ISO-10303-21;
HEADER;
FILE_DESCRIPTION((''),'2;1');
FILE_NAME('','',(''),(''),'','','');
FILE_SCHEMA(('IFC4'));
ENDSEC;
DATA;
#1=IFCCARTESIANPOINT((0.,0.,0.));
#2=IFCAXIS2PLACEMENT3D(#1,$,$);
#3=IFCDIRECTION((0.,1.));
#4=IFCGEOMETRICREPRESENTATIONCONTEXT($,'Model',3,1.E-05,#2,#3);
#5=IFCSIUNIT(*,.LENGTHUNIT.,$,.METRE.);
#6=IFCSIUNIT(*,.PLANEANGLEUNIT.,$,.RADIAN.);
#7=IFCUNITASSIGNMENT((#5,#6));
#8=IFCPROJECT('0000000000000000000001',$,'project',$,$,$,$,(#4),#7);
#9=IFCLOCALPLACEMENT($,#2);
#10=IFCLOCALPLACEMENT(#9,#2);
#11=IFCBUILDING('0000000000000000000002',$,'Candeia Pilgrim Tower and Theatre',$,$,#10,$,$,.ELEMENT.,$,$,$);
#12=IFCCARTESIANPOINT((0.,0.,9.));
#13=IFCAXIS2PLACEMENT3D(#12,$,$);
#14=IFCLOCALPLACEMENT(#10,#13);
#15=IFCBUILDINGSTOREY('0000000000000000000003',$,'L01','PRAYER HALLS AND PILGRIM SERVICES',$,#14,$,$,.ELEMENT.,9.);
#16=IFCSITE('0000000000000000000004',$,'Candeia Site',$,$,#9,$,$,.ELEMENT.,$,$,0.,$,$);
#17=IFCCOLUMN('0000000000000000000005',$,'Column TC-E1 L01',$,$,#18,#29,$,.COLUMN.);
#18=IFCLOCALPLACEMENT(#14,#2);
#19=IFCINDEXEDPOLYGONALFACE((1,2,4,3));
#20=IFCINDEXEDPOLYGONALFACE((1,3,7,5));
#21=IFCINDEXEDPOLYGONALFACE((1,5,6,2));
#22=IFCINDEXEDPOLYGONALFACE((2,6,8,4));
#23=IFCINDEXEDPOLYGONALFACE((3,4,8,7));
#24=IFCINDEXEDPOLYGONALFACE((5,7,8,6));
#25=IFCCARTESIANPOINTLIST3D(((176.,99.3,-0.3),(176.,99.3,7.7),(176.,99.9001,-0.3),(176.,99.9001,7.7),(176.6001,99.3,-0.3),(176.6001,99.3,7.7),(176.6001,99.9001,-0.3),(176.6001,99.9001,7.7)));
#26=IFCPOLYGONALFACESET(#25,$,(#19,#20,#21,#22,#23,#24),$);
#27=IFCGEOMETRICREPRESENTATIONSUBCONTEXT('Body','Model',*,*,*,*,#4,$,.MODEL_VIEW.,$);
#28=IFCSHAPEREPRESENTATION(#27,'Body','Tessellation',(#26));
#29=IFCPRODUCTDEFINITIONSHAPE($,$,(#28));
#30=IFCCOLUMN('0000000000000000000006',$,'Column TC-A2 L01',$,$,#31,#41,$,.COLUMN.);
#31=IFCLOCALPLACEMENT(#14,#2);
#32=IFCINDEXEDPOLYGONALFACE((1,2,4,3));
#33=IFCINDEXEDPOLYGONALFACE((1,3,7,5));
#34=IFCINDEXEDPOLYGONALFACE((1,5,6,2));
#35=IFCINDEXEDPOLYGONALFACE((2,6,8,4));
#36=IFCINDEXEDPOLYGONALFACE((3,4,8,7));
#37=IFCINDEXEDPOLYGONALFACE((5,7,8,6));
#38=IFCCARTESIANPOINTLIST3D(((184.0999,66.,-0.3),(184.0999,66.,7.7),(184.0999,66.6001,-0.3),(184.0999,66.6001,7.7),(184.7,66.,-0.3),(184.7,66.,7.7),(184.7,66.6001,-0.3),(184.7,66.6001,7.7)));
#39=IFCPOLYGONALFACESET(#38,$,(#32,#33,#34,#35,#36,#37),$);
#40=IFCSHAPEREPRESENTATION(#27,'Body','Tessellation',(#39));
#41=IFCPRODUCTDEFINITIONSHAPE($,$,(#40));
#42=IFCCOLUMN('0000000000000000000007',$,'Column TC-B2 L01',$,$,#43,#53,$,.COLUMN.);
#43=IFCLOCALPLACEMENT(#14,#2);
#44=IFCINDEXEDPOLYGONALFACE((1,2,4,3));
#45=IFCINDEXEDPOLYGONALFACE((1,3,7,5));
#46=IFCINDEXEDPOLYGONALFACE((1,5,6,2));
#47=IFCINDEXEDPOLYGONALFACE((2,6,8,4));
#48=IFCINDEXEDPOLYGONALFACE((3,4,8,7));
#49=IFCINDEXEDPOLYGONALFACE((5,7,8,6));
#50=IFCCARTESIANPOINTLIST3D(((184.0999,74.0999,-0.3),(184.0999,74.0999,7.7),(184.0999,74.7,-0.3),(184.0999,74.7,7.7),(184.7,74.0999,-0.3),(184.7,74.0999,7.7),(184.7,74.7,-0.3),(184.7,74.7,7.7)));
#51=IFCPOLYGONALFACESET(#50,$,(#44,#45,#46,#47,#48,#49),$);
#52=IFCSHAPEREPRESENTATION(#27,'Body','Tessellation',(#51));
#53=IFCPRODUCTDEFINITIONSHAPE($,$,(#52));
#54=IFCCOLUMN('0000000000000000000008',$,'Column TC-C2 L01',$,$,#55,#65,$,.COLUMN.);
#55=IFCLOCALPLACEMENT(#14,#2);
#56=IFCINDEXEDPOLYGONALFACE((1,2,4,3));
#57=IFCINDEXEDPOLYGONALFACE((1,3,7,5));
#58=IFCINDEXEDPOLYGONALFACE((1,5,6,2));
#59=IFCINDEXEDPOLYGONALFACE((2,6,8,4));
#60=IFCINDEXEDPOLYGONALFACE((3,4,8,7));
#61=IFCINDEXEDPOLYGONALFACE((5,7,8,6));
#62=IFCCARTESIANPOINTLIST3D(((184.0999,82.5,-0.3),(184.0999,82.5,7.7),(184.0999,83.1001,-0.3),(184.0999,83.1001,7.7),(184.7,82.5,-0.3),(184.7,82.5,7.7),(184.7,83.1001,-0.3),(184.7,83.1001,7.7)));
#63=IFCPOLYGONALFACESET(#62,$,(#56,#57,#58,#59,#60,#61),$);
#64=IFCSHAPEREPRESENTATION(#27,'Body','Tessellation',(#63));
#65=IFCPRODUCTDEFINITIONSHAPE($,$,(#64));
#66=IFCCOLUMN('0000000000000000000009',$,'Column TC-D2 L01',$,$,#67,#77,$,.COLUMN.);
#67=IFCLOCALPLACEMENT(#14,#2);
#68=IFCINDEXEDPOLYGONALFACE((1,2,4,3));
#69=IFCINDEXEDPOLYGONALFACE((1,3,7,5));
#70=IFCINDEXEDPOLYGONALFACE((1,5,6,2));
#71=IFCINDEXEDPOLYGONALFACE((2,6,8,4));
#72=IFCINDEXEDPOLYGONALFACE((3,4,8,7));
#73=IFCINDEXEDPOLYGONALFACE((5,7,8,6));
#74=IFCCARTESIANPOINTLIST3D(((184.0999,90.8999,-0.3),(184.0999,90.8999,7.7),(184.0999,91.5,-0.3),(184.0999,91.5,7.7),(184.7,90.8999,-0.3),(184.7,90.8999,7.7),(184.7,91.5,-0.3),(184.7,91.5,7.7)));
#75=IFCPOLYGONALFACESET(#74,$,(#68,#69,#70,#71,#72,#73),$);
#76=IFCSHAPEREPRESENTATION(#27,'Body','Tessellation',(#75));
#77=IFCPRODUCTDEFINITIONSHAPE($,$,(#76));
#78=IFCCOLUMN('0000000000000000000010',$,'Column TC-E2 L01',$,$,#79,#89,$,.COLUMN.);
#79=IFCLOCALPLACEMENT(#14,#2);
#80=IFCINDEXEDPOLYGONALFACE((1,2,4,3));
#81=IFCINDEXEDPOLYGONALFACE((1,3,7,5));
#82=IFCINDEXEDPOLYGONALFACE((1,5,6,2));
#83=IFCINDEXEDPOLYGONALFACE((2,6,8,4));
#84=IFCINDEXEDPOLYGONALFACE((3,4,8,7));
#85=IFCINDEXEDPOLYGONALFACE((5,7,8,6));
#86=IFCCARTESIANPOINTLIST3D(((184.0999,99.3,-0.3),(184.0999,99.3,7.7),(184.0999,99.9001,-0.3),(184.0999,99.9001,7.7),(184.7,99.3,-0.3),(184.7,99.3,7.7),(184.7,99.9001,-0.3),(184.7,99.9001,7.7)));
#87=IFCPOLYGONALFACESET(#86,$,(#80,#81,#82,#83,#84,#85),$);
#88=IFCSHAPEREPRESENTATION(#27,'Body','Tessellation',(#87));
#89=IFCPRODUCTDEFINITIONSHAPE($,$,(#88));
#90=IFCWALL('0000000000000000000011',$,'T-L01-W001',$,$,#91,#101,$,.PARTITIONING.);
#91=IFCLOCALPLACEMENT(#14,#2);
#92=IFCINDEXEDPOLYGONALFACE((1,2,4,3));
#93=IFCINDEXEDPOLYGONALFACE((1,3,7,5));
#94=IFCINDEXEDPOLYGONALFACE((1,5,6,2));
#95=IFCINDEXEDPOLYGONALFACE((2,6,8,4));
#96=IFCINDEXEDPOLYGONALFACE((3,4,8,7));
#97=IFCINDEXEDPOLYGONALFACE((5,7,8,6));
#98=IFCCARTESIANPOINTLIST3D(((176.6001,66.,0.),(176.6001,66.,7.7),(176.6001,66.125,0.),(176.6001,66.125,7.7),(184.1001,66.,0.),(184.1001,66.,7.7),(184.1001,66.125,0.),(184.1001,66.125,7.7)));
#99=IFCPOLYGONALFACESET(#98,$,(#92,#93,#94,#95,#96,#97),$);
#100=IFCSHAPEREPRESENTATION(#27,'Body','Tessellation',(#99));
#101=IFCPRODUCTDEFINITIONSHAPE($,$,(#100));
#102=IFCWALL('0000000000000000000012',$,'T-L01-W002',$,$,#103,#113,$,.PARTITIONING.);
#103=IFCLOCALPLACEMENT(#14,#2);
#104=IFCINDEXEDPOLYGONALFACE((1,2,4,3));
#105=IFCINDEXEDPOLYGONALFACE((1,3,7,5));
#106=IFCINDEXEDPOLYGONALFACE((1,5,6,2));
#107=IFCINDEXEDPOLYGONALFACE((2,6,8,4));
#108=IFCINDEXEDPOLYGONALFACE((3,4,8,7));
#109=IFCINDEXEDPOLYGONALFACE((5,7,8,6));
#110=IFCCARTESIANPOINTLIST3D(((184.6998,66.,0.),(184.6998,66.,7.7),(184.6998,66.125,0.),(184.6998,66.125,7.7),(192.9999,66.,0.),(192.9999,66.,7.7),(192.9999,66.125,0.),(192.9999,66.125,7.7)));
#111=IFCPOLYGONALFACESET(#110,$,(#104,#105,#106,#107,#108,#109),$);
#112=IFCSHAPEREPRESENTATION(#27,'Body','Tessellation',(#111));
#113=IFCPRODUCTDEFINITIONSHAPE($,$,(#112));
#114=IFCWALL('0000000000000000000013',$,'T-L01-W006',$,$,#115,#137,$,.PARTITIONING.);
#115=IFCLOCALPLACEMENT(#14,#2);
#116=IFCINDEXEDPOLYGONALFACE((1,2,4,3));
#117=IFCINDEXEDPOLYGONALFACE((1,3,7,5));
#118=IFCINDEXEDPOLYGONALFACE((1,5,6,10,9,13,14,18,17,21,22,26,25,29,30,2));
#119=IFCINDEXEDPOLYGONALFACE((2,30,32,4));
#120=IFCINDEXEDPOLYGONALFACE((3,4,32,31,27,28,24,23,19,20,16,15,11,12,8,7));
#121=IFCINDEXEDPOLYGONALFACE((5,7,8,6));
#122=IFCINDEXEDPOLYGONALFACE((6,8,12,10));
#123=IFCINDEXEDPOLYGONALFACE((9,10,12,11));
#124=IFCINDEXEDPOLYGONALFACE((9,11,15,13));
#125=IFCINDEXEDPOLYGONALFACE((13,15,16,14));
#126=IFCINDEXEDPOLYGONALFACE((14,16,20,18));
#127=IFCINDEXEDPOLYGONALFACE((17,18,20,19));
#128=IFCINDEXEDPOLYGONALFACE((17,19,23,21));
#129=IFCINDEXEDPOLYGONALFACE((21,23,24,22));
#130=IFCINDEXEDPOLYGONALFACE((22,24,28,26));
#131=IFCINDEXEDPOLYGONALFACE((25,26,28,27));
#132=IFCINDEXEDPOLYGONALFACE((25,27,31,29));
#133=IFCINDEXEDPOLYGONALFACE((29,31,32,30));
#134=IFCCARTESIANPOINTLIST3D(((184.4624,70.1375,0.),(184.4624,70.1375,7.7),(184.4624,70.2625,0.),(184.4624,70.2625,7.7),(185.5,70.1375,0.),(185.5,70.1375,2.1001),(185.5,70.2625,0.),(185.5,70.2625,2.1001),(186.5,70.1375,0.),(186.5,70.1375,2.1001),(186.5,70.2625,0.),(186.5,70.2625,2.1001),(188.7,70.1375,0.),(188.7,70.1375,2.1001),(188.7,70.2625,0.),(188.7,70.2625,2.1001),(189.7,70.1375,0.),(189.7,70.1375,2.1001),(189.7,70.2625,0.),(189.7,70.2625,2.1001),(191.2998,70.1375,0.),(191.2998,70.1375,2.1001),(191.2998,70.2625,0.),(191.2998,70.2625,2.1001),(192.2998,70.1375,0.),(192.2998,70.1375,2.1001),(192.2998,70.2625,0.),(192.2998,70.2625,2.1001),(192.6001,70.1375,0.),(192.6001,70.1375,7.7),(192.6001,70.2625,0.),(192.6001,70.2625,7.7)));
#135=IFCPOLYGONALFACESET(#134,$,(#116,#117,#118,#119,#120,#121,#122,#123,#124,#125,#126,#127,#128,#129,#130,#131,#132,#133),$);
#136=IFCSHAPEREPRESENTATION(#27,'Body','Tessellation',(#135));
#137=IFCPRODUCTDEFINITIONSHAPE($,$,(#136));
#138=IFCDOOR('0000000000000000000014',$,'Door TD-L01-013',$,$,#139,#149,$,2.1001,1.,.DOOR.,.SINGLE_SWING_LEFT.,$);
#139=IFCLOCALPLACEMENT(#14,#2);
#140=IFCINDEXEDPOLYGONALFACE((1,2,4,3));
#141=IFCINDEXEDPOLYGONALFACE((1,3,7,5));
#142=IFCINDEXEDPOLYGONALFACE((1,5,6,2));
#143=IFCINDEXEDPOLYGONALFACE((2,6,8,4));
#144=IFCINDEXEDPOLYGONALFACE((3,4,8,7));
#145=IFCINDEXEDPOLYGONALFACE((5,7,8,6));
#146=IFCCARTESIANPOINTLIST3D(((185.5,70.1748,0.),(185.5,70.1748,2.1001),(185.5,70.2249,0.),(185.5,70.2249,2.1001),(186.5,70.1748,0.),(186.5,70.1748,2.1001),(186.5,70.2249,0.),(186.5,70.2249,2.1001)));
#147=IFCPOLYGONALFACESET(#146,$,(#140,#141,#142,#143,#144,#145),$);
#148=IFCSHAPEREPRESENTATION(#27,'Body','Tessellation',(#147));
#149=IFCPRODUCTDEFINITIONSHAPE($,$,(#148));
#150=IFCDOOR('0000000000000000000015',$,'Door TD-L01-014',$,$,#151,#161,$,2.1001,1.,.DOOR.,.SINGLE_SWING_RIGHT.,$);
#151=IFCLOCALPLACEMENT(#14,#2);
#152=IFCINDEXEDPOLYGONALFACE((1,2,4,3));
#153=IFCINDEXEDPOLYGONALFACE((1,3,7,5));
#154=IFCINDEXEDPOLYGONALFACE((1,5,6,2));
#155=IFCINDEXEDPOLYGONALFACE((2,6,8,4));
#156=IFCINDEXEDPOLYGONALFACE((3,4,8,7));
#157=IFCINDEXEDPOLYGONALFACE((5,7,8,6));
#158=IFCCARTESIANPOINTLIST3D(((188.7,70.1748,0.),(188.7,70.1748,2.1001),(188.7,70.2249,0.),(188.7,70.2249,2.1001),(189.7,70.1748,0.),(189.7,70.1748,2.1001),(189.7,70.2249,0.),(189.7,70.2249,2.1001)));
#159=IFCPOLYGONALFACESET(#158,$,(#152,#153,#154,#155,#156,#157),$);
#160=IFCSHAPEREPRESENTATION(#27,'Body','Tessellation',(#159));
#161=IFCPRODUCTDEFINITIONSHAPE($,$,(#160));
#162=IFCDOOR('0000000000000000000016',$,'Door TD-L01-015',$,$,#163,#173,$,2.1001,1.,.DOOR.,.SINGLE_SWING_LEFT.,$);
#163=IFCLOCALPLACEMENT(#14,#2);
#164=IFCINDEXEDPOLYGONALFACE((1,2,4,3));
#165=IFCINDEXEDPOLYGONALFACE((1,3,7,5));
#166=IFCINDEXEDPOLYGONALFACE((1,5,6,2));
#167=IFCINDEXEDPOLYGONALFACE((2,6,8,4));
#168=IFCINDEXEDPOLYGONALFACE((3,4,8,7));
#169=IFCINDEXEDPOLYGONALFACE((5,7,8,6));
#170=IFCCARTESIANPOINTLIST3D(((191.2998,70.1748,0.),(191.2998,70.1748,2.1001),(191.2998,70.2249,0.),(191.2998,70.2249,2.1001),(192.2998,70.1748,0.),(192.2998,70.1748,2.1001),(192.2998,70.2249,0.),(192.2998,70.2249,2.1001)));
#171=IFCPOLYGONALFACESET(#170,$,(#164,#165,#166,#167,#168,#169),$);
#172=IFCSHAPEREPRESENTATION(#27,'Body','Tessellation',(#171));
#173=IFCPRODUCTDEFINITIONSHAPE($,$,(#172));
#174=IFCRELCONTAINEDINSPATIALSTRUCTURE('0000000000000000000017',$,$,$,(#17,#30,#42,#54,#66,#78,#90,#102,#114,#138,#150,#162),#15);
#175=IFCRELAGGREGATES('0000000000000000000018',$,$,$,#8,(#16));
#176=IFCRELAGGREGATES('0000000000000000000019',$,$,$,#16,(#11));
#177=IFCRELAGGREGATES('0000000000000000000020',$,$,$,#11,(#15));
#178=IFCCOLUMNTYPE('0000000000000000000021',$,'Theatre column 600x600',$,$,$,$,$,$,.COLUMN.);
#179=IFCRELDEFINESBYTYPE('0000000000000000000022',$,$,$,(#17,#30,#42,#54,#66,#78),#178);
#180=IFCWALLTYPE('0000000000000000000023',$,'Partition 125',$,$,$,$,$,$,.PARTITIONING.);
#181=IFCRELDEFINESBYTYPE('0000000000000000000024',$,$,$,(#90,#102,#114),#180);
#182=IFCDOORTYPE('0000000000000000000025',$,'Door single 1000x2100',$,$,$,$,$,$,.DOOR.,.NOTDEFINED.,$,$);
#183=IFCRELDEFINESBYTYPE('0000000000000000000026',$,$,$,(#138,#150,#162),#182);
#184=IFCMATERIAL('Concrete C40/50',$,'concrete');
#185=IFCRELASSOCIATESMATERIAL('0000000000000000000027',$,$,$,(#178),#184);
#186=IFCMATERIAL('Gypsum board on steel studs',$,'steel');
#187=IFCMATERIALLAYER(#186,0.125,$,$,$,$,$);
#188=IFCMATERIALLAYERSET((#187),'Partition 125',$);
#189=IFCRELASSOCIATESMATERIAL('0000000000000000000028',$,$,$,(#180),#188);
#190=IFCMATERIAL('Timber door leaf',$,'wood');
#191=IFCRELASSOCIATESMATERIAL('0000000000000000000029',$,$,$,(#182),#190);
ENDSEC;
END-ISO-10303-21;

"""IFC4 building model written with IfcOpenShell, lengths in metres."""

from ifc_helpers import new_model, si_unit, direction, frame, frame_2d, origin, origin_2d, place, context, subcontext, project, spatial, rectangle, extrude, material, layer, layer_set, material_profile, profile_set, type_object, element, fill, save


model = new_model("IFC4")

# Units and contexts
model_context = context("Model", 3, precision=1e-05, world=origin(), true_north=direction((0.0, 1.0)))
body_context = subcontext(model_context, "Body", "Model", "MODEL_VIEW")
ifc_project = project(units=[si_unit("LENGTHUNIT", "METRE"), si_unit("PLANEANGLEUNIT", "RADIAN")], contexts=[model_context])

# Site, building, storey
site_placement = place(None, origin())
site = spatial("IfcSite", under=ifc_project, at=site_placement, Name="Candeia Site", CompositionType="ELEMENT", RefElevation=0.0)
building_placement = place(site_placement, origin())
building = spatial("IfcBuilding", under=site, at=building_placement, Name="Candeia Pilgrim Tower and Theatre", CompositionType="ELEMENT")
storey_placement = place(building_placement, frame((0.0, 0.0, 9.0)))
storey = spatial("IfcBuildingStorey", under=building, at=storey_placement, Name="L01", Description="PRAYER HALLS AND PILGRIM SERVICES", CompositionType="ELEMENT", Elevation=9.0)

# Columns
ifc_material_1 = material(Name="Concrete C40/50", Category="concrete")
ifc_material_profile = material_profile(ifc_material_1, rectangle(XDim=0.6001, YDim=0.6001, at=origin_2d()))
ifc_profile_set = profile_set([ifc_material_profile], Name="Concrete C40/50")
column_type = type_object("IfcColumnType", Name="Theatre column 600x600", PredefinedType="COLUMN", material=ifc_profile_set)
for number, where, z_axis, x_axis, name in (
    (1, (176.3, 99.6001, -0.3), (0.0, 0.0, 1.0), (1.0, 0.0, 0.0), "Column TC-E1 L01"),
    (2, (184.3999, 66.3, -0.3), (0.0, 0.0, 1.0), (1.0, 0.0, 0.0), "Column TC-A2 L01"),
    (3, (184.3999, 74.3999, -0.3), (0.0, 0.0, 1.0), (1.0, 0.0, 0.0), "Column TC-B2 L01"),
    (4, (184.3999, 82.8, -0.3), (0.0, 0.0, 1.0), (1.0, 0.0, 0.0), "Column TC-C2 L01"),
    (5, (184.3999, 91.2, -0.3), (0.0, 0.0, 1.0), (1.0, 0.0, 0.0), "Column TC-D2 L01"),
    (6, (184.3999, 99.6001, -0.3), (0.0, 0.0, 1.0), (1.0, 0.0, 0.0), "Column TC-E2 L01"),
):
    element("IfcColumn", number, at=place(storey_placement, frame(where, z_axis=z_axis, x_axis=x_axis)), inside=storey, type_object=column_type, Name=name, PredefinedType="COLUMN", context=body_context, shape_type="SweptSolid", body=[
        extrude(rectangle(XDim=0.6001, YDim=0.6001, at=origin_2d()), origin(), (0.0, 0.0, 1.0), 8.0),
    ])

# Walls
ifc_material_2 = material(Name="Gypsum board on steel studs", Category="steel")
ifc_layer = layer(ifc_material_2, 0.125)
ifc_layer_set = layer_set([ifc_layer], Name="Partition 125")
wall_type = type_object("IfcWallType", Name="Partition 125", PredefinedType="PARTITIONING", material=ifc_layer_set)
wall_1_placement = place(storey_placement, frame((176.6001, 66.0625, 0.0), z_axis=(0.0, 0.0, 1.0), x_axis=(1.0, 0.0, 0.0)))
element("IfcWall", 7, at=wall_1_placement, inside=storey, type_object=wall_type, Name="T-L01-W001", PredefinedType="PARTITIONING", context=body_context, shape_type="SweptSolid", body=[
    extrude(rectangle(XDim=7.5, YDim=0.125, at=frame_2d((3.75, 0.0))), origin(), (0.0, 0.0, 1.0), 7.7),
])
wall_2_placement = place(storey_placement, frame((184.7, 66.0625, 0.0), z_axis=(0.0, 0.0, 1.0), x_axis=(1.0, 0.0, 0.0)))
element("IfcWall", 8, at=wall_2_placement, inside=storey, type_object=wall_type, Name="T-L01-W002", PredefinedType="PARTITIONING", context=body_context, shape_type="SweptSolid", body=[
    extrude(rectangle(XDim=8.3, YDim=0.125, at=frame_2d((4.1499, 0.0))), origin(), (0.0, 0.0, 1.0), 7.7),
])

# Wall, openings, doors
wall_3_placement = place(storey_placement, frame((184.4624, 70.2, 0.0), z_axis=(0.0, 0.0, 1.0), x_axis=(1.0, 0.0, 0.0)))
wall_3 = element("IfcWall", 9, at=wall_3_placement, inside=storey, type_object=wall_type, Name="T-L01-W006", PredefinedType="PARTITIONING", context=body_context, shape_type="SweptSolid", body=[
    extrude(rectangle(XDim=8.1377, YDim=0.125, at=frame_2d((4.0688, 0.0))), origin(), (0.0, 0.0, 1.0), 7.7),
])
opening_1_placement = place(wall_3_placement, frame((1.0376, 0.0, 0.0)))
opening_1 = element("IfcOpeningElement", 10, at=opening_1_placement, cuts=wall_3, PredefinedType="OPENING", context=body_context, shape_type="SweptSolid", body=[
    extrude(rectangle(XDim=1.0, YDim=2.1001, at=frame_2d((0.5, 1.05))), frame((0.0, 0.0725, 0.0), z_axis=(0.0, -1.0, 0.0), x_axis=(1.0, 0.0, 0.0)), (0.0, 0.0, 1.0), 0.145),
])
opening_2_placement = place(wall_3_placement, frame((4.2375, 0.0, 0.0)))
opening_2 = element("IfcOpeningElement", 11, at=opening_2_placement, cuts=wall_3, PredefinedType="OPENING", context=body_context, shape_type="SweptSolid", body=[
    extrude(rectangle(XDim=1.0, YDim=2.1001, at=frame_2d((0.5, 1.05))), frame((0.0, 0.0725, 0.0), z_axis=(0.0, -1.0, 0.0), x_axis=(1.0, 0.0, 0.0)), (0.0, 0.0, 1.0), 0.145),
])
opening_3_placement = place(wall_3_placement, frame((6.8374, 0.0, 0.0)))
opening_3 = element("IfcOpeningElement", 12, at=opening_3_placement, cuts=wall_3, PredefinedType="OPENING", context=body_context, shape_type="SweptSolid", body=[
    extrude(rectangle(XDim=1.0, YDim=2.1001, at=frame_2d((0.5, 1.05))), frame((0.0, 0.0725, 0.0), z_axis=(0.0, -1.0, 0.0), x_axis=(1.0, 0.0, 0.0)), (0.0, 0.0, 1.0), 0.145),
])
ifc_material_3 = material(Name="Timber door leaf", Category="wood")
door_type_1 = type_object("IfcDoorType", Name="Door single 1000x2100", OperationType="NOTDEFINED", PredefinedType="DOOR", material=ifc_material_3)
door_1_placement = place(opening_1_placement, origin())
door_1 = element("IfcDoor", 13, at=door_1_placement, inside=storey, type_object=door_type_1, Name="Door TD-L01-013", OperationType="SINGLE_SWING_LEFT", OverallHeight=2.1001, OverallWidth=1.0, PredefinedType="DOOR", context=body_context, shape_type="SweptSolid", body=[
    extrude(rectangle(XDim=1.0, YDim=2.1001, at=frame_2d((0.5, 1.05))), frame((0.0, 0.0249, 0.0), z_axis=(0.0, -1.0, 0.0), x_axis=(1.0, 0.0, 0.0)), (0.0, 0.0, 1.0), 0.05),
])
fill(opening_1, door_1)
door_2_placement = place(opening_2_placement, origin())
door_2 = element("IfcDoor", 14, at=door_2_placement, inside=storey, type_object=door_type_1, Name="Door TD-L01-014", OperationType="SINGLE_SWING_RIGHT", OverallHeight=2.1001, OverallWidth=1.0, PredefinedType="DOOR", context=body_context, shape_type="SweptSolid", body=[
    extrude(rectangle(XDim=1.0, YDim=2.1001, at=frame_2d((0.5, 1.05))), frame((0.0, 0.0249, 0.0), z_axis=(0.0, -1.0, 0.0), x_axis=(1.0, 0.0, 0.0)), (0.0, 0.0, 1.0), 0.05),
])
fill(opening_2, door_2)
door_3_placement = place(opening_3_placement, origin())
door_3 = element("IfcDoor", 15, at=door_3_placement, inside=storey, type_object=door_type_1, Name="Door TD-L01-015", OperationType="SINGLE_SWING_LEFT", OverallHeight=2.1001, OverallWidth=1.0, PredefinedType="DOOR", context=body_context, shape_type="SweptSolid", body=[
    extrude(rectangle(XDim=1.0, YDim=2.1001, at=frame_2d((0.5, 1.05))), frame((0.0, 0.0249, 0.0), z_axis=(0.0, -1.0, 0.0), x_axis=(1.0, 0.0, 0.0)), (0.0, 0.0, 1.0), 0.05),
])
fill(opening_3, door_3)

save(model, "model.ifc")
